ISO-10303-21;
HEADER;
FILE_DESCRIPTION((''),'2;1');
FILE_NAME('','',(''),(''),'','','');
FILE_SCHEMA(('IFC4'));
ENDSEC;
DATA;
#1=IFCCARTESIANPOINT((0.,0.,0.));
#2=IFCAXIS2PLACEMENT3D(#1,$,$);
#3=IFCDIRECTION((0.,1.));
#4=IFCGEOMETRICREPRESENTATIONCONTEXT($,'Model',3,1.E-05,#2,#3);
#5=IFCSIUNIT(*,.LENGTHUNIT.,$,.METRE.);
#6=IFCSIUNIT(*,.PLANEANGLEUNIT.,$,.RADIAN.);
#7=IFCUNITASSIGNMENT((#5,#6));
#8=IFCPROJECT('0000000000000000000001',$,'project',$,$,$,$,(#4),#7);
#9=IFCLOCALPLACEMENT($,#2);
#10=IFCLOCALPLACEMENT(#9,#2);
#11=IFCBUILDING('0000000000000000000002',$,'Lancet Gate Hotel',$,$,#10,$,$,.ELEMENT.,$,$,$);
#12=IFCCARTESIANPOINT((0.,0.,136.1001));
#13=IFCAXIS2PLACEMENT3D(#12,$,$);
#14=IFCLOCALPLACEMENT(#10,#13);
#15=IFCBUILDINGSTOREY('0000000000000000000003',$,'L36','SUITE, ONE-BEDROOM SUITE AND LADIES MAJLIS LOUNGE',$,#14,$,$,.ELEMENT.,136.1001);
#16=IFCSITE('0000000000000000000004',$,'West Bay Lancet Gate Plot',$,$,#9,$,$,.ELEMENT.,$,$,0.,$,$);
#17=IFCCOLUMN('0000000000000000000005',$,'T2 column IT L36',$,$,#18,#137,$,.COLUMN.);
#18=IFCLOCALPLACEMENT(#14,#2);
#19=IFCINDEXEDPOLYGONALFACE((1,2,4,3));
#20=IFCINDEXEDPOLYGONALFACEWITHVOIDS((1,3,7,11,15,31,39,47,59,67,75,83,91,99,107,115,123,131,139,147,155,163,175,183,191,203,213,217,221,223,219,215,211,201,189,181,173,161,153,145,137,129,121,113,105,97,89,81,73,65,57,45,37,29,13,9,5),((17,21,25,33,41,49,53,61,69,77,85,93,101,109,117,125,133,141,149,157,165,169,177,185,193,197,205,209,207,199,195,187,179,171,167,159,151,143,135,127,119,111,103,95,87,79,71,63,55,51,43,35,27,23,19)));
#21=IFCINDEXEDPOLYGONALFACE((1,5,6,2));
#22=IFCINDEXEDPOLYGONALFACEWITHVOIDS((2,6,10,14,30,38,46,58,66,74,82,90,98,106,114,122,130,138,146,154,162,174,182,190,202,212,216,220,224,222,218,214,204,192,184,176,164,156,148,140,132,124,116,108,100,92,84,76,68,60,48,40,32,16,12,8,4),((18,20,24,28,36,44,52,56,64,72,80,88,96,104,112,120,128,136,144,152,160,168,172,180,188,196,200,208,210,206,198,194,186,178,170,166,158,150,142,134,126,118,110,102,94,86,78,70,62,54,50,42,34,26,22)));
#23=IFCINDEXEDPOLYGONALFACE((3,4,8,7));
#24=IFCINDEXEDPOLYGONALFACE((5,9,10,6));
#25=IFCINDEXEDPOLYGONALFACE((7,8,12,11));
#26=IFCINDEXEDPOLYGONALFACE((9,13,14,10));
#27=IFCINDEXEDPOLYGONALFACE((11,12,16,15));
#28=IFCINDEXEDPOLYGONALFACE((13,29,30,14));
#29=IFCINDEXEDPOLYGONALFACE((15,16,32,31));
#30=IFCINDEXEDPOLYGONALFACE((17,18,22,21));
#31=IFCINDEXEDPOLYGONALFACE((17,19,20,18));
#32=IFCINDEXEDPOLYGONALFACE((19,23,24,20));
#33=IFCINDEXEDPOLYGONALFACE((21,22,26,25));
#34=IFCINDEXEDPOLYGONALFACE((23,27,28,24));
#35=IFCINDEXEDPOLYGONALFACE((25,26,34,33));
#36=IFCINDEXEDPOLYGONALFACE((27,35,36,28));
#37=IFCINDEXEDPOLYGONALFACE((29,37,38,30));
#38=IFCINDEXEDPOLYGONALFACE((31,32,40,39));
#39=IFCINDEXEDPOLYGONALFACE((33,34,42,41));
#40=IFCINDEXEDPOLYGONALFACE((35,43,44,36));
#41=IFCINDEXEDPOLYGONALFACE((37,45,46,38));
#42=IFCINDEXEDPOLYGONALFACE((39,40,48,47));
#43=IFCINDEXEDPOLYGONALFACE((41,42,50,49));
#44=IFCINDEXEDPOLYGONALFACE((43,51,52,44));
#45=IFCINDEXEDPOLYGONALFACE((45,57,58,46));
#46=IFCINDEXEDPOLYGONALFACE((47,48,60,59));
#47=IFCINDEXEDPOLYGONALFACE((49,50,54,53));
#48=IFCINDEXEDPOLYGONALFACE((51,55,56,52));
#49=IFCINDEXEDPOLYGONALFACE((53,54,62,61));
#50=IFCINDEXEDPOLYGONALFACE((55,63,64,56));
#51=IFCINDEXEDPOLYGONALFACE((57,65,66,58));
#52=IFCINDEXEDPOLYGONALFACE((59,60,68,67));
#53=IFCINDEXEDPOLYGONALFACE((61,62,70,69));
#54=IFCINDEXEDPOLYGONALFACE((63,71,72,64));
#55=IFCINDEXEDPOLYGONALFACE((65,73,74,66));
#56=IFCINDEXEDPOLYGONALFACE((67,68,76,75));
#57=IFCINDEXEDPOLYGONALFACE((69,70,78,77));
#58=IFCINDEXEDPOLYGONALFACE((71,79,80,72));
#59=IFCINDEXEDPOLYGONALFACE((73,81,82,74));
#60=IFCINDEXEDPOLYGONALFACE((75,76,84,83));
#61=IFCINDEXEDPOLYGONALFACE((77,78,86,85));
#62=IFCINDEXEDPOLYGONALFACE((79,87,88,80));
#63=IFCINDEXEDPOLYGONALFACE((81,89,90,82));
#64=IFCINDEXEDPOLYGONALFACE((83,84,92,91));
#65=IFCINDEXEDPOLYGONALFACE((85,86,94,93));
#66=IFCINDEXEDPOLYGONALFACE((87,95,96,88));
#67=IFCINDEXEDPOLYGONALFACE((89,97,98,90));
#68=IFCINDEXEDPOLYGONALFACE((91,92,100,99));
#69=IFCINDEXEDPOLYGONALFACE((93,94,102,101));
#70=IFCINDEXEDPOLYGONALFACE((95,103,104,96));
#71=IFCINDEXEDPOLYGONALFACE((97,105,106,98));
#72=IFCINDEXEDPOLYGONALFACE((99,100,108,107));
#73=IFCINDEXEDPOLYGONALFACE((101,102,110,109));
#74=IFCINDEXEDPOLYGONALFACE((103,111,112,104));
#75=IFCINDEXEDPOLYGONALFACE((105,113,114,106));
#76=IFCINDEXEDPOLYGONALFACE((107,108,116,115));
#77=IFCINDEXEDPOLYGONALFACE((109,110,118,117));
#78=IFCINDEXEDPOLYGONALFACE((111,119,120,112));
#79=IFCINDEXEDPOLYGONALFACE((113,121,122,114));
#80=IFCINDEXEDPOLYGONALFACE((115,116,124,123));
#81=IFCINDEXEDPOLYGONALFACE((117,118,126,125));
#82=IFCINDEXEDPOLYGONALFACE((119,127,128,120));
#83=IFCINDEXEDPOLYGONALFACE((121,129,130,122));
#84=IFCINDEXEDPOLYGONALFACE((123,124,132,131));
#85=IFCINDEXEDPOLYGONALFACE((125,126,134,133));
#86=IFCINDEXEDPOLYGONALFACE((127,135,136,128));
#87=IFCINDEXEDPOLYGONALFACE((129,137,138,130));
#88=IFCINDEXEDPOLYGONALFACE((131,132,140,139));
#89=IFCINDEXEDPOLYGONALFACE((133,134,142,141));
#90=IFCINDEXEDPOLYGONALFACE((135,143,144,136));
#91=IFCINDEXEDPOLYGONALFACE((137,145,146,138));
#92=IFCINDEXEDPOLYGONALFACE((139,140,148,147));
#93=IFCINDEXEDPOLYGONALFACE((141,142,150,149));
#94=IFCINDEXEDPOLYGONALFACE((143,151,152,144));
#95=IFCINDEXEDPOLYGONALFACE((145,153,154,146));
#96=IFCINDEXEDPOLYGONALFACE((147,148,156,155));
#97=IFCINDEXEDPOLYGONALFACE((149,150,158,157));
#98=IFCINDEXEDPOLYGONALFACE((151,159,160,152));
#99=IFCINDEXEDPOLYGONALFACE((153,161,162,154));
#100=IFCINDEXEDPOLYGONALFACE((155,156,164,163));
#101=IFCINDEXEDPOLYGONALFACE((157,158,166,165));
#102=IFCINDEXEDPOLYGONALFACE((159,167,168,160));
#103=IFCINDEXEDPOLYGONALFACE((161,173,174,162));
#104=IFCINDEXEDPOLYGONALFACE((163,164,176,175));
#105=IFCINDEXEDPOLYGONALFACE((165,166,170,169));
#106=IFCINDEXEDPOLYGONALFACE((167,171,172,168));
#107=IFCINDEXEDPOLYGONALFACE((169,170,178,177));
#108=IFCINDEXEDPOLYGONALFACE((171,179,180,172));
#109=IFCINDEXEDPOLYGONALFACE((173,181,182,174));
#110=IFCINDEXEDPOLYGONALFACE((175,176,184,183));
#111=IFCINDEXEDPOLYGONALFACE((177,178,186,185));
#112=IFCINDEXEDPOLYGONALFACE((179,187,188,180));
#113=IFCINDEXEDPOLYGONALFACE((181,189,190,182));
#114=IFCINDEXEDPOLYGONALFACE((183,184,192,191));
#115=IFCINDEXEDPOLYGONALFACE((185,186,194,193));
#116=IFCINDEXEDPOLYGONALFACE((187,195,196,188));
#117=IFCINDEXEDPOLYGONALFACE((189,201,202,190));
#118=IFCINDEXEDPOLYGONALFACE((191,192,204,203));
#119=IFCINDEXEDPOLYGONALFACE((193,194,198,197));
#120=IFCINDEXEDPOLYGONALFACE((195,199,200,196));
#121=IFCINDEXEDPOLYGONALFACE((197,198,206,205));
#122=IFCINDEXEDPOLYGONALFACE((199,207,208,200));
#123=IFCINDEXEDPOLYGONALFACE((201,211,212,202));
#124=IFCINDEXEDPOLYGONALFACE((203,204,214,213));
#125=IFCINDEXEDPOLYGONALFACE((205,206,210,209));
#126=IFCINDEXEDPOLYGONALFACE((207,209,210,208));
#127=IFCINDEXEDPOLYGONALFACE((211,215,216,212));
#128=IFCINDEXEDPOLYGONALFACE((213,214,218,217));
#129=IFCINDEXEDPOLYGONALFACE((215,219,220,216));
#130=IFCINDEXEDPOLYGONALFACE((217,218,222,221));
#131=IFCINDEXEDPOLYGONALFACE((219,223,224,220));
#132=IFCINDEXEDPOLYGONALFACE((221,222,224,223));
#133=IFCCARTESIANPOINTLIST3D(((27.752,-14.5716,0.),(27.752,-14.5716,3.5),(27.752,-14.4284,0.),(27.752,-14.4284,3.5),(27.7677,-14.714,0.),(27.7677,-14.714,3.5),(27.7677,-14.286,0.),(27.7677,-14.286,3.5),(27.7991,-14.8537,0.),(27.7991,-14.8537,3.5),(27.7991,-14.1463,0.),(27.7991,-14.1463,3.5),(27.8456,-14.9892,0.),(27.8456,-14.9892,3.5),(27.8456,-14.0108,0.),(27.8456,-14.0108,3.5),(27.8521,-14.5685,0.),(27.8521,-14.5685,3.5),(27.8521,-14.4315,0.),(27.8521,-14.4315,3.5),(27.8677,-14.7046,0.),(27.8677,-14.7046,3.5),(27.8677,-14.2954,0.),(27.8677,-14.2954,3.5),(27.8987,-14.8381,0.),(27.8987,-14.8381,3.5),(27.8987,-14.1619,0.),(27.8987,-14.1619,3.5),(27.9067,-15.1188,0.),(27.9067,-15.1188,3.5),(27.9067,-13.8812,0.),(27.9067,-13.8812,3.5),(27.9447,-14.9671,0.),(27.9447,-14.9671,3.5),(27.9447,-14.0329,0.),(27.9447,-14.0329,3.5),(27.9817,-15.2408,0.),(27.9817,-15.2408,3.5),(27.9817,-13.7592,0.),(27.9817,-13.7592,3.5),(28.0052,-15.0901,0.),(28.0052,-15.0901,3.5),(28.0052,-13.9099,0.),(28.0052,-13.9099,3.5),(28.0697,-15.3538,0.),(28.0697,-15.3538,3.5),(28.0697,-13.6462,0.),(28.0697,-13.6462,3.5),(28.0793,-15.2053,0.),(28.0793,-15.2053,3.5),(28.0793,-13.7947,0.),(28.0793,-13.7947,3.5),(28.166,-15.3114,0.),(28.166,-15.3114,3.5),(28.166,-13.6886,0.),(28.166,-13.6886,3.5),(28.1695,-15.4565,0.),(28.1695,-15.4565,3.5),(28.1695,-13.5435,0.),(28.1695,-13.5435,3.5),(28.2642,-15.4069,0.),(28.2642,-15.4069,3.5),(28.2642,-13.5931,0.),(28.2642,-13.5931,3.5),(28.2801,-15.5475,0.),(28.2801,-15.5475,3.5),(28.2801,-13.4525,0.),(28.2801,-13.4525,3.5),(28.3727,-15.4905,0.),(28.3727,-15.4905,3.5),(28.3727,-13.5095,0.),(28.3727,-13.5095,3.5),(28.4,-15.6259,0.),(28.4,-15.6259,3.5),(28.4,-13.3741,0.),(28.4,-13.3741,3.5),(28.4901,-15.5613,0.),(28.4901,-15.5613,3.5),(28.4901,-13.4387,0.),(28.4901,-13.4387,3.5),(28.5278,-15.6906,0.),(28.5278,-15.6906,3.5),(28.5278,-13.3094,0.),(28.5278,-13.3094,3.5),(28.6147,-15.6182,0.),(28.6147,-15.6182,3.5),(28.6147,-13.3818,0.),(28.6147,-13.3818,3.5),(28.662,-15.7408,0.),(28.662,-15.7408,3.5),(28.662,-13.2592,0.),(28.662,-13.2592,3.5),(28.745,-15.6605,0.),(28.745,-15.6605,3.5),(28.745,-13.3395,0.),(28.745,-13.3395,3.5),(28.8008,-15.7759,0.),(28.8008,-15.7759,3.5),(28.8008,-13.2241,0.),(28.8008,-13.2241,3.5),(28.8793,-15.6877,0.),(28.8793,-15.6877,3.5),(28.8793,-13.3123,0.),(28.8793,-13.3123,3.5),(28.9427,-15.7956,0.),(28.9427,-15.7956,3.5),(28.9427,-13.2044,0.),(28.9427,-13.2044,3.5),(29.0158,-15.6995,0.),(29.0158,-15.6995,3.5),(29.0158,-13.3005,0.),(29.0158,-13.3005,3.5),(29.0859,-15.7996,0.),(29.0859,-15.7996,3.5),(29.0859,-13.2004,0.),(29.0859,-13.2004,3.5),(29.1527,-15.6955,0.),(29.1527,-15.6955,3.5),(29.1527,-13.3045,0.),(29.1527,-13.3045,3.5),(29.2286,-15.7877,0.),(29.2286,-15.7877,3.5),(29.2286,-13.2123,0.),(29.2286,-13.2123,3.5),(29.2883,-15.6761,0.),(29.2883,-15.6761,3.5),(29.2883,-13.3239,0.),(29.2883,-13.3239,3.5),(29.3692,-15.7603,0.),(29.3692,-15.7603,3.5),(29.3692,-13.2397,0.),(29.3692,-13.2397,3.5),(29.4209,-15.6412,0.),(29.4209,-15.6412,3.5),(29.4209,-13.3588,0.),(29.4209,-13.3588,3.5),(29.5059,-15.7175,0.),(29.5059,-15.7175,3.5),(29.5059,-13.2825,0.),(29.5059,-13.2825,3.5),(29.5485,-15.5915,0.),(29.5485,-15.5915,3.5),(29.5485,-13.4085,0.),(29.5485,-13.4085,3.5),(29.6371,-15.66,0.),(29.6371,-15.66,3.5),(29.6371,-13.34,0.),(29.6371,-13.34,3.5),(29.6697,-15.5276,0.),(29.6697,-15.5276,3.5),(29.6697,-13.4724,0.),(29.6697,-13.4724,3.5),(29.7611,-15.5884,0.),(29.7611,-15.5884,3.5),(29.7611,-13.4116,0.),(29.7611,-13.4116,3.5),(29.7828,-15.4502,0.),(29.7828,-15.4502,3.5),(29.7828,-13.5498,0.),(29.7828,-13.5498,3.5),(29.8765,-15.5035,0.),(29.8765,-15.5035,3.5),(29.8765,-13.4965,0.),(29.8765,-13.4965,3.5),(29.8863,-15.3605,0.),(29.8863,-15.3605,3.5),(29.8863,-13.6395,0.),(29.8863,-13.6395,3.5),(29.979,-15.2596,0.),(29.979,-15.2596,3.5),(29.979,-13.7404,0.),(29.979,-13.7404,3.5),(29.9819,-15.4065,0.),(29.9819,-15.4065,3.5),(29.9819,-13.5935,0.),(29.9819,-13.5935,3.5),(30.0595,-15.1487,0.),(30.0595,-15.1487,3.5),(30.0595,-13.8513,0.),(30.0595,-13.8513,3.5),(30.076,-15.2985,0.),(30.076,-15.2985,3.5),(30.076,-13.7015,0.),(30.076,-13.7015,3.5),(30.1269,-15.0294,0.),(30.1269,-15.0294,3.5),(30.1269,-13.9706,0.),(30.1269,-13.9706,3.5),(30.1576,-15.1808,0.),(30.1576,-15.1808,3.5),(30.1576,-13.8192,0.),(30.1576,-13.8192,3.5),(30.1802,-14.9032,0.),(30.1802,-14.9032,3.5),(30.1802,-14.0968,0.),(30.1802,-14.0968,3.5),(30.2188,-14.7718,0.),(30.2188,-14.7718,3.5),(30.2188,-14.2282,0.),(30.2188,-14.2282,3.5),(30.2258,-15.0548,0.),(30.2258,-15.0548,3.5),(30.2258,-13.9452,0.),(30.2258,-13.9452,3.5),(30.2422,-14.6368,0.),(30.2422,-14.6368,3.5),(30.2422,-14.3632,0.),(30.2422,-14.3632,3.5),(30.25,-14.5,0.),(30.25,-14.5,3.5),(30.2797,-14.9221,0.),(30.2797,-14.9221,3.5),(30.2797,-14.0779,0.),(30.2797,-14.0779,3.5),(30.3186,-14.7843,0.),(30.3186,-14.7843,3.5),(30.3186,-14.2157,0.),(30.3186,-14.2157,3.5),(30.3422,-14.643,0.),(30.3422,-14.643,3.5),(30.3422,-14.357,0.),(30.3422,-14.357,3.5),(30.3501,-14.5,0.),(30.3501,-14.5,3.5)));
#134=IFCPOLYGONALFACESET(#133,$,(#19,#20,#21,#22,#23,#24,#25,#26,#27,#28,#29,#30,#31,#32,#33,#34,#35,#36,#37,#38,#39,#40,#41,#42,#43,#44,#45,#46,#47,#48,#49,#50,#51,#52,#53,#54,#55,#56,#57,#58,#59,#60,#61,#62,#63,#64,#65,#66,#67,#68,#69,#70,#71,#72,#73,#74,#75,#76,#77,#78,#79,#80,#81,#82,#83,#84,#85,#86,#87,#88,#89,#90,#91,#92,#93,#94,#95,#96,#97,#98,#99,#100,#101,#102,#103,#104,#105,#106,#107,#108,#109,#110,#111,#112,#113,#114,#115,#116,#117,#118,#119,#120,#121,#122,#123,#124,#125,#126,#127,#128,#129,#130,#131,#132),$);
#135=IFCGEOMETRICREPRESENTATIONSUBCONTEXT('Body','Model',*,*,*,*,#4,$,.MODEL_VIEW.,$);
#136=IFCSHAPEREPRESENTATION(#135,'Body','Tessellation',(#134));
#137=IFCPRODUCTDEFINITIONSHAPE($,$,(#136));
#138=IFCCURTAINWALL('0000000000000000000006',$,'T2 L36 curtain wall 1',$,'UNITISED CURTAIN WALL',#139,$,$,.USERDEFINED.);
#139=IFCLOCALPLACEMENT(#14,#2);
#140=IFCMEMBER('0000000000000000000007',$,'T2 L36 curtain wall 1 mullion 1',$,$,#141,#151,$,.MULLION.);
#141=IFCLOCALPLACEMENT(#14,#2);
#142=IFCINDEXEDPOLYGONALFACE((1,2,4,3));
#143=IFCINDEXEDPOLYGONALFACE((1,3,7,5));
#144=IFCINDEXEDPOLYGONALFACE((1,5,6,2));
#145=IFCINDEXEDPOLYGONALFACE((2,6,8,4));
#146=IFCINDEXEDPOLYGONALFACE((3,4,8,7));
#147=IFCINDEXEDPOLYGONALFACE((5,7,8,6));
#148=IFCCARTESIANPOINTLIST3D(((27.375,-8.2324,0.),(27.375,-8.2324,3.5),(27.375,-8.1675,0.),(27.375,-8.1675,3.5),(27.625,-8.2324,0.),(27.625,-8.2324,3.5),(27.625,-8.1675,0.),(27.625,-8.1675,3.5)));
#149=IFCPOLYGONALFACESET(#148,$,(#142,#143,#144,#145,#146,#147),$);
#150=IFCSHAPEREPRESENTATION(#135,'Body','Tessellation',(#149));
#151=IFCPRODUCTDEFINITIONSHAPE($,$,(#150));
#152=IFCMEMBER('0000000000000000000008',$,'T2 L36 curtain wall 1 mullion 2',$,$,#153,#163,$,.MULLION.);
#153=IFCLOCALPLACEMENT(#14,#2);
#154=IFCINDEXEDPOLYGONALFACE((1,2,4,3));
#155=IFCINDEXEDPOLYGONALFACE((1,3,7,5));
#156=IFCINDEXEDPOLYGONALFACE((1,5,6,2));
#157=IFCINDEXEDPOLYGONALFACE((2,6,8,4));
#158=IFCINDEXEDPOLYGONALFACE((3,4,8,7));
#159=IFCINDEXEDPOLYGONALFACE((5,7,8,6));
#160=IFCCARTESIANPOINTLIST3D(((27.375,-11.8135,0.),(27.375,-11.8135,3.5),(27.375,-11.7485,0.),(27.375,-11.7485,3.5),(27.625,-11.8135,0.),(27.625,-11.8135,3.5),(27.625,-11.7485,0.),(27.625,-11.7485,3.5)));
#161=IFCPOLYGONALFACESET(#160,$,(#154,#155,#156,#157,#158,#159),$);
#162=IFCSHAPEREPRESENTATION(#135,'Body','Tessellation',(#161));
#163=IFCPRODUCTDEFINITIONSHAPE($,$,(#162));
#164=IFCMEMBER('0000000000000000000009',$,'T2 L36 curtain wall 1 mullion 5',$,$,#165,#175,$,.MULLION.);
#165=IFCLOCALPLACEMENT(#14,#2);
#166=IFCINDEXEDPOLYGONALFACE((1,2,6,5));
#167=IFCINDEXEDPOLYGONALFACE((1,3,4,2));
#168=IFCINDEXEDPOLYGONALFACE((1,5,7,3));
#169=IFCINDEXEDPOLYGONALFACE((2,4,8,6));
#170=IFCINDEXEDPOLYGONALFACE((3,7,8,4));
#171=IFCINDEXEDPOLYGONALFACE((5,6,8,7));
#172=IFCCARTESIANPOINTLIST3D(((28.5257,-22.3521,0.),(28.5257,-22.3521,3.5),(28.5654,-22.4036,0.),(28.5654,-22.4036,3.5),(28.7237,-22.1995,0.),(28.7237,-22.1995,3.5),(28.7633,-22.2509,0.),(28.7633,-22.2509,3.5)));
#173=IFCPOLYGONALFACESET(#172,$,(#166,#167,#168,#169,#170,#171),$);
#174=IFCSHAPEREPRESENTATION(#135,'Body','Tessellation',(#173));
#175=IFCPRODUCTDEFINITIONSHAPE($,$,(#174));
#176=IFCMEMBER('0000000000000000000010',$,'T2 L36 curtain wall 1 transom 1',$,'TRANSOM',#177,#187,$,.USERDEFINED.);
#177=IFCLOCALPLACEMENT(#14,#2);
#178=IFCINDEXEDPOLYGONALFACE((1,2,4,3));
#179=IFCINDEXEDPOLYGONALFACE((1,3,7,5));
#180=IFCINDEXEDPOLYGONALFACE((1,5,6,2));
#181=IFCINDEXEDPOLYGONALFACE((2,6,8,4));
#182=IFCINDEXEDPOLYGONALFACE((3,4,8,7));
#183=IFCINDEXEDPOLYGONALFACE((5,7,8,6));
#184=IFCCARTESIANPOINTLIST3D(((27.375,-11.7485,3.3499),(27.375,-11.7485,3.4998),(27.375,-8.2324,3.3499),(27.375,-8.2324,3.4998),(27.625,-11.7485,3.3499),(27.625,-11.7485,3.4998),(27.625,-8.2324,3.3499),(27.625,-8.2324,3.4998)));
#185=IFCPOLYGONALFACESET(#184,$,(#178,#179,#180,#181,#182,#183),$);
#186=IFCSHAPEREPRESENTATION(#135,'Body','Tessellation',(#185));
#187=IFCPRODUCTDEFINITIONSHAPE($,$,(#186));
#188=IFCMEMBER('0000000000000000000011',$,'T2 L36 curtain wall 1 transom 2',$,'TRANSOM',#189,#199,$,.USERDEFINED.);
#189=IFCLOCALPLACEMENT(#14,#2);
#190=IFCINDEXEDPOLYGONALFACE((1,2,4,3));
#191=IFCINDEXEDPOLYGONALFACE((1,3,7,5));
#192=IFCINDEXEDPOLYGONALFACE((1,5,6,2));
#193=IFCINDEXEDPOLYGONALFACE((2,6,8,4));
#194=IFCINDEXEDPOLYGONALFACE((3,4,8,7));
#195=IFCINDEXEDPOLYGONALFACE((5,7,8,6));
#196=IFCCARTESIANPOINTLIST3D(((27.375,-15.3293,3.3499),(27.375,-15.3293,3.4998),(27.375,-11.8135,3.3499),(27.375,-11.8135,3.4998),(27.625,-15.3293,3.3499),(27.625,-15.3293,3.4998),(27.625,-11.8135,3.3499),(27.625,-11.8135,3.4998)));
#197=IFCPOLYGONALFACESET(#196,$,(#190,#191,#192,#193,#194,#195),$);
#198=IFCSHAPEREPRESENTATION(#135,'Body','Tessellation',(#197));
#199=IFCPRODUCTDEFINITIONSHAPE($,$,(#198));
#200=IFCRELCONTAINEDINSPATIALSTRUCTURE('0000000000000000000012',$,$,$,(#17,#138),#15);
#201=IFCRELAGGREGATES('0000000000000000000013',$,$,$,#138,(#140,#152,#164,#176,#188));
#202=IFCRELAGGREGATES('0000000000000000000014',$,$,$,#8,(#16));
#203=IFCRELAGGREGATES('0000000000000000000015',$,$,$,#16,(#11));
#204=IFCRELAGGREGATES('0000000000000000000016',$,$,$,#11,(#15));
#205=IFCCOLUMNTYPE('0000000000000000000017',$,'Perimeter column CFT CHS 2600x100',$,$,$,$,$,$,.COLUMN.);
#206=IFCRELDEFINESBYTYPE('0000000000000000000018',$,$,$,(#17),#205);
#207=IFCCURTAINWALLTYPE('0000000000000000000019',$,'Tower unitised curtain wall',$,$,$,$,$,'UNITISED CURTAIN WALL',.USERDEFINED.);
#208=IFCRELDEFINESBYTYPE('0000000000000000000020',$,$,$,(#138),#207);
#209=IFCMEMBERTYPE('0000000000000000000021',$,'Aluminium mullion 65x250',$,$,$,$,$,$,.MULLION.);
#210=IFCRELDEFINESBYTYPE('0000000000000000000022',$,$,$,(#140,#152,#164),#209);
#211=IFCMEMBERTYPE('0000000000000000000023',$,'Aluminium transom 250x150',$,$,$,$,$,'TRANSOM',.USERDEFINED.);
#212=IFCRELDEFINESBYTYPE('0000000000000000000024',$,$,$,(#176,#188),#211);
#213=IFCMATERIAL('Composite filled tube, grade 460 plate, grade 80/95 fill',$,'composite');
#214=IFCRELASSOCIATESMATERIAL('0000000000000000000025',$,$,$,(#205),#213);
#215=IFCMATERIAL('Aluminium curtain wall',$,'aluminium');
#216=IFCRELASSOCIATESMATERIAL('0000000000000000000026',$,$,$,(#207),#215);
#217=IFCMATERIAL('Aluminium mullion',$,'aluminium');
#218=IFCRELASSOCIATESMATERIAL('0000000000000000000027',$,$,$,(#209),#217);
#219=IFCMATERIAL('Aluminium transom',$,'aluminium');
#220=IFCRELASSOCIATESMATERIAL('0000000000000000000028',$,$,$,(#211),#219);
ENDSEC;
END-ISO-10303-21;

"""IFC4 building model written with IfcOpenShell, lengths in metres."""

from ifc_helpers import new_model, si_unit, direction, frame, origin, origin_2d, place, context, subcontext, project, spatial, rectangle, hollow_circle, extrude, material, material_profile, profile_set, type_object, element, aggregate, save


model = new_model("IFC4")

# Units and contexts
model_context = context("Model", 3, precision=1e-05, world=origin(), true_north=direction((0.0, 1.0)))
body_context = subcontext(model_context, "Body", "Model", "MODEL_VIEW")
ifc_project = project(units=[si_unit("LENGTHUNIT", "METRE"), si_unit("PLANEANGLEUNIT", "RADIAN")], contexts=[model_context])

# Site, building, storey
site_placement = place(None, origin())
site = spatial("IfcSite", under=ifc_project, at=site_placement, Name="West Bay Lancet Gate Plot", CompositionType="ELEMENT", RefElevation=0.0)
building_placement = place(site_placement, origin())
building = spatial("IfcBuilding", under=site, at=building_placement, Name="Lancet Gate Hotel", CompositionType="ELEMENT")
storey_placement = place(building_placement, frame((0.0, 0.0, 136.1001)))
storey = spatial("IfcBuildingStorey", under=building, at=storey_placement, Name="L36", Description="SUITE, ONE-BEDROOM SUITE AND LADIES MAJLIS LOUNGE", CompositionType="ELEMENT", Elevation=136.1001)

# Column
ifc_material_1 = material(Name="Composite filled tube, grade 460 plate, grade 80/95 fill", Category="composite")
ifc_material_profile_1 = material_profile(ifc_material_1, hollow_circle(Radius=1.3, WallThickness=0.1001, at=origin_2d()), Name="CHS 2600x100")
ifc_profile_set_1 = profile_set([ifc_material_profile_1], Name="Composite filled tube, grade 460 plate, grade 80/95 fill")
column_type = type_object("IfcColumnType", Name="Perimeter column CFT CHS 2600x100", PredefinedType="COLUMN", material=ifc_profile_set_1)
column_placement = place(storey_placement, frame((29.05, -14.5, 0.0), z_axis=(0.0, 0.0, 1.0), x_axis=(1.0, 0.0, 0.0)))
element("IfcColumn", 1, at=column_placement, inside=storey, type_object=column_type, Name="T2 column IT L36", PredefinedType="COLUMN", context=body_context, shape_type="SweptSolid", body=[
    extrude(hollow_circle(Radius=1.3, WallThickness=0.1001, at=origin_2d()), origin(), (0.0, 0.0, 1.0), 3.5),
])

# Curtain wall, members
ifc_material_2 = material(Name="Aluminium curtain wall", Category="aluminium")
curtain_wall_type = type_object("IfcCurtainWallType", Name="Tower unitised curtain wall", ElementType="UNITISED CURTAIN WALL", PredefinedType="USERDEFINED", material=ifc_material_2)
curtain_wall_placement = place(storey_placement, origin())
curtain_wall = element("IfcCurtainWall", 2, at=curtain_wall_placement, inside=storey, type_object=curtain_wall_type, Name="T2 L36 curtain wall 1", ObjectType="UNITISED CURTAIN WALL", PredefinedType="USERDEFINED")
ifc_material_3 = material(Name="Aluminium mullion", Category="aluminium")
ifc_material_profile_2 = material_profile(ifc_material_3, rectangle(XDim=0.0649, YDim=0.25, at=origin_2d()), Name="MULLION 65x250")
ifc_profile_set_2 = profile_set([ifc_material_profile_2], Name="Aluminium mullion")
member_type_1 = type_object("IfcMemberType", Name="Aluminium mullion 65x250", PredefinedType="MULLION", material=ifc_profile_set_2)
member_1_placement = place(storey_placement, frame((27.5, -8.2, 0.0), z_axis=(0.0, 0.0, 1.0), x_axis=(0.0, -1.0, 0.0)))
member_1 = element("IfcMember", 3, at=member_1_placement, type_object=member_type_1, Name="T2 L36 curtain wall 1 mullion 1", PredefinedType="MULLION", context=body_context, shape_type="SweptSolid", body=[
    extrude(rectangle(XDim=0.0649, YDim=0.25, at=origin_2d()), origin(), (0.0, 0.0, 1.0), 3.5),
])
member_2_placement = place(storey_placement, frame((27.5, -11.781, 0.0), z_axis=(0.0, 0.0, 1.0), x_axis=(0.0, -1.0, 0.0)))
member_2 = element("IfcMember", 4, at=member_2_placement, type_object=member_type_1, Name="T2 L36 curtain wall 1 mullion 2", PredefinedType="MULLION", context=body_context, shape_type="SweptSolid", body=[
    extrude(rectangle(XDim=0.0649, YDim=0.25, at=origin_2d()), origin(), (0.0, 0.0, 1.0), 3.5),
])
member_3_placement = place(storey_placement, frame((28.6445, -22.3015, 0.0), z_axis=(0.0, 0.0, 1.0), x_axis=(0.610664, -0.79189, 0.0)))
member_3 = element("IfcMember", 5, at=member_3_placement, type_object=member_type_1, Name="T2 L36 curtain wall 1 mullion 5", PredefinedType="MULLION", context=body_context, shape_type="SweptSolid", body=[
    extrude(rectangle(XDim=0.0649, YDim=0.25, at=origin_2d()), origin(), (0.0, 0.0, 1.0), 3.5),
])
ifc_material_4 = material(Name="Aluminium transom", Category="aluminium")
ifc_material_profile_3 = material_profile(ifc_material_4, rectangle(XDim=0.25, YDim=0.1499, at=origin_2d()), Name="TRANSOM 250x150")
ifc_profile_set_3 = profile_set([ifc_material_profile_3], Name="Aluminium transom")
member_type_2 = type_object("IfcMemberType", Name="Aluminium transom 250x150", ElementType="TRANSOM", PredefinedType="USERDEFINED", material=ifc_profile_set_3)
member_4_placement = place(storey_placement, frame((27.5, -8.2324, 3.4248), z_axis=(0.0, -1.0, 0.0), x_axis=(1.0, 0.0, 0.0)))
member_4 = element("IfcMember", 6, at=member_4_placement, type_object=member_type_2, Name="T2 L36 curtain wall 1 transom 1", ObjectType="TRANSOM", PredefinedType="USERDEFINED", context=body_context, shape_type="SweptSolid", body=[
    extrude(rectangle(XDim=0.25, YDim=0.1499, at=origin_2d()), origin(), (0.0, 0.0, 1.0), 3.5161),
])
member_5_placement = place(storey_placement, frame((27.5, -11.8135, 3.4248), z_axis=(0.0, -1.0, 0.0), x_axis=(1.0, 0.0, 0.0)))
member_5 = element("IfcMember", 7, at=member_5_placement, type_object=member_type_2, Name="T2 L36 curtain wall 1 transom 2", ObjectType="TRANSOM", PredefinedType="USERDEFINED", context=body_context, shape_type="SweptSolid", body=[
    extrude(rectangle(XDim=0.25, YDim=0.1499, at=origin_2d()), origin(), (0.0, 0.0, 1.0), 3.5159),
])

aggregate(curtain_wall, [member_1, member_2, member_3, member_4, member_5])

save(model, "model.ifc")
